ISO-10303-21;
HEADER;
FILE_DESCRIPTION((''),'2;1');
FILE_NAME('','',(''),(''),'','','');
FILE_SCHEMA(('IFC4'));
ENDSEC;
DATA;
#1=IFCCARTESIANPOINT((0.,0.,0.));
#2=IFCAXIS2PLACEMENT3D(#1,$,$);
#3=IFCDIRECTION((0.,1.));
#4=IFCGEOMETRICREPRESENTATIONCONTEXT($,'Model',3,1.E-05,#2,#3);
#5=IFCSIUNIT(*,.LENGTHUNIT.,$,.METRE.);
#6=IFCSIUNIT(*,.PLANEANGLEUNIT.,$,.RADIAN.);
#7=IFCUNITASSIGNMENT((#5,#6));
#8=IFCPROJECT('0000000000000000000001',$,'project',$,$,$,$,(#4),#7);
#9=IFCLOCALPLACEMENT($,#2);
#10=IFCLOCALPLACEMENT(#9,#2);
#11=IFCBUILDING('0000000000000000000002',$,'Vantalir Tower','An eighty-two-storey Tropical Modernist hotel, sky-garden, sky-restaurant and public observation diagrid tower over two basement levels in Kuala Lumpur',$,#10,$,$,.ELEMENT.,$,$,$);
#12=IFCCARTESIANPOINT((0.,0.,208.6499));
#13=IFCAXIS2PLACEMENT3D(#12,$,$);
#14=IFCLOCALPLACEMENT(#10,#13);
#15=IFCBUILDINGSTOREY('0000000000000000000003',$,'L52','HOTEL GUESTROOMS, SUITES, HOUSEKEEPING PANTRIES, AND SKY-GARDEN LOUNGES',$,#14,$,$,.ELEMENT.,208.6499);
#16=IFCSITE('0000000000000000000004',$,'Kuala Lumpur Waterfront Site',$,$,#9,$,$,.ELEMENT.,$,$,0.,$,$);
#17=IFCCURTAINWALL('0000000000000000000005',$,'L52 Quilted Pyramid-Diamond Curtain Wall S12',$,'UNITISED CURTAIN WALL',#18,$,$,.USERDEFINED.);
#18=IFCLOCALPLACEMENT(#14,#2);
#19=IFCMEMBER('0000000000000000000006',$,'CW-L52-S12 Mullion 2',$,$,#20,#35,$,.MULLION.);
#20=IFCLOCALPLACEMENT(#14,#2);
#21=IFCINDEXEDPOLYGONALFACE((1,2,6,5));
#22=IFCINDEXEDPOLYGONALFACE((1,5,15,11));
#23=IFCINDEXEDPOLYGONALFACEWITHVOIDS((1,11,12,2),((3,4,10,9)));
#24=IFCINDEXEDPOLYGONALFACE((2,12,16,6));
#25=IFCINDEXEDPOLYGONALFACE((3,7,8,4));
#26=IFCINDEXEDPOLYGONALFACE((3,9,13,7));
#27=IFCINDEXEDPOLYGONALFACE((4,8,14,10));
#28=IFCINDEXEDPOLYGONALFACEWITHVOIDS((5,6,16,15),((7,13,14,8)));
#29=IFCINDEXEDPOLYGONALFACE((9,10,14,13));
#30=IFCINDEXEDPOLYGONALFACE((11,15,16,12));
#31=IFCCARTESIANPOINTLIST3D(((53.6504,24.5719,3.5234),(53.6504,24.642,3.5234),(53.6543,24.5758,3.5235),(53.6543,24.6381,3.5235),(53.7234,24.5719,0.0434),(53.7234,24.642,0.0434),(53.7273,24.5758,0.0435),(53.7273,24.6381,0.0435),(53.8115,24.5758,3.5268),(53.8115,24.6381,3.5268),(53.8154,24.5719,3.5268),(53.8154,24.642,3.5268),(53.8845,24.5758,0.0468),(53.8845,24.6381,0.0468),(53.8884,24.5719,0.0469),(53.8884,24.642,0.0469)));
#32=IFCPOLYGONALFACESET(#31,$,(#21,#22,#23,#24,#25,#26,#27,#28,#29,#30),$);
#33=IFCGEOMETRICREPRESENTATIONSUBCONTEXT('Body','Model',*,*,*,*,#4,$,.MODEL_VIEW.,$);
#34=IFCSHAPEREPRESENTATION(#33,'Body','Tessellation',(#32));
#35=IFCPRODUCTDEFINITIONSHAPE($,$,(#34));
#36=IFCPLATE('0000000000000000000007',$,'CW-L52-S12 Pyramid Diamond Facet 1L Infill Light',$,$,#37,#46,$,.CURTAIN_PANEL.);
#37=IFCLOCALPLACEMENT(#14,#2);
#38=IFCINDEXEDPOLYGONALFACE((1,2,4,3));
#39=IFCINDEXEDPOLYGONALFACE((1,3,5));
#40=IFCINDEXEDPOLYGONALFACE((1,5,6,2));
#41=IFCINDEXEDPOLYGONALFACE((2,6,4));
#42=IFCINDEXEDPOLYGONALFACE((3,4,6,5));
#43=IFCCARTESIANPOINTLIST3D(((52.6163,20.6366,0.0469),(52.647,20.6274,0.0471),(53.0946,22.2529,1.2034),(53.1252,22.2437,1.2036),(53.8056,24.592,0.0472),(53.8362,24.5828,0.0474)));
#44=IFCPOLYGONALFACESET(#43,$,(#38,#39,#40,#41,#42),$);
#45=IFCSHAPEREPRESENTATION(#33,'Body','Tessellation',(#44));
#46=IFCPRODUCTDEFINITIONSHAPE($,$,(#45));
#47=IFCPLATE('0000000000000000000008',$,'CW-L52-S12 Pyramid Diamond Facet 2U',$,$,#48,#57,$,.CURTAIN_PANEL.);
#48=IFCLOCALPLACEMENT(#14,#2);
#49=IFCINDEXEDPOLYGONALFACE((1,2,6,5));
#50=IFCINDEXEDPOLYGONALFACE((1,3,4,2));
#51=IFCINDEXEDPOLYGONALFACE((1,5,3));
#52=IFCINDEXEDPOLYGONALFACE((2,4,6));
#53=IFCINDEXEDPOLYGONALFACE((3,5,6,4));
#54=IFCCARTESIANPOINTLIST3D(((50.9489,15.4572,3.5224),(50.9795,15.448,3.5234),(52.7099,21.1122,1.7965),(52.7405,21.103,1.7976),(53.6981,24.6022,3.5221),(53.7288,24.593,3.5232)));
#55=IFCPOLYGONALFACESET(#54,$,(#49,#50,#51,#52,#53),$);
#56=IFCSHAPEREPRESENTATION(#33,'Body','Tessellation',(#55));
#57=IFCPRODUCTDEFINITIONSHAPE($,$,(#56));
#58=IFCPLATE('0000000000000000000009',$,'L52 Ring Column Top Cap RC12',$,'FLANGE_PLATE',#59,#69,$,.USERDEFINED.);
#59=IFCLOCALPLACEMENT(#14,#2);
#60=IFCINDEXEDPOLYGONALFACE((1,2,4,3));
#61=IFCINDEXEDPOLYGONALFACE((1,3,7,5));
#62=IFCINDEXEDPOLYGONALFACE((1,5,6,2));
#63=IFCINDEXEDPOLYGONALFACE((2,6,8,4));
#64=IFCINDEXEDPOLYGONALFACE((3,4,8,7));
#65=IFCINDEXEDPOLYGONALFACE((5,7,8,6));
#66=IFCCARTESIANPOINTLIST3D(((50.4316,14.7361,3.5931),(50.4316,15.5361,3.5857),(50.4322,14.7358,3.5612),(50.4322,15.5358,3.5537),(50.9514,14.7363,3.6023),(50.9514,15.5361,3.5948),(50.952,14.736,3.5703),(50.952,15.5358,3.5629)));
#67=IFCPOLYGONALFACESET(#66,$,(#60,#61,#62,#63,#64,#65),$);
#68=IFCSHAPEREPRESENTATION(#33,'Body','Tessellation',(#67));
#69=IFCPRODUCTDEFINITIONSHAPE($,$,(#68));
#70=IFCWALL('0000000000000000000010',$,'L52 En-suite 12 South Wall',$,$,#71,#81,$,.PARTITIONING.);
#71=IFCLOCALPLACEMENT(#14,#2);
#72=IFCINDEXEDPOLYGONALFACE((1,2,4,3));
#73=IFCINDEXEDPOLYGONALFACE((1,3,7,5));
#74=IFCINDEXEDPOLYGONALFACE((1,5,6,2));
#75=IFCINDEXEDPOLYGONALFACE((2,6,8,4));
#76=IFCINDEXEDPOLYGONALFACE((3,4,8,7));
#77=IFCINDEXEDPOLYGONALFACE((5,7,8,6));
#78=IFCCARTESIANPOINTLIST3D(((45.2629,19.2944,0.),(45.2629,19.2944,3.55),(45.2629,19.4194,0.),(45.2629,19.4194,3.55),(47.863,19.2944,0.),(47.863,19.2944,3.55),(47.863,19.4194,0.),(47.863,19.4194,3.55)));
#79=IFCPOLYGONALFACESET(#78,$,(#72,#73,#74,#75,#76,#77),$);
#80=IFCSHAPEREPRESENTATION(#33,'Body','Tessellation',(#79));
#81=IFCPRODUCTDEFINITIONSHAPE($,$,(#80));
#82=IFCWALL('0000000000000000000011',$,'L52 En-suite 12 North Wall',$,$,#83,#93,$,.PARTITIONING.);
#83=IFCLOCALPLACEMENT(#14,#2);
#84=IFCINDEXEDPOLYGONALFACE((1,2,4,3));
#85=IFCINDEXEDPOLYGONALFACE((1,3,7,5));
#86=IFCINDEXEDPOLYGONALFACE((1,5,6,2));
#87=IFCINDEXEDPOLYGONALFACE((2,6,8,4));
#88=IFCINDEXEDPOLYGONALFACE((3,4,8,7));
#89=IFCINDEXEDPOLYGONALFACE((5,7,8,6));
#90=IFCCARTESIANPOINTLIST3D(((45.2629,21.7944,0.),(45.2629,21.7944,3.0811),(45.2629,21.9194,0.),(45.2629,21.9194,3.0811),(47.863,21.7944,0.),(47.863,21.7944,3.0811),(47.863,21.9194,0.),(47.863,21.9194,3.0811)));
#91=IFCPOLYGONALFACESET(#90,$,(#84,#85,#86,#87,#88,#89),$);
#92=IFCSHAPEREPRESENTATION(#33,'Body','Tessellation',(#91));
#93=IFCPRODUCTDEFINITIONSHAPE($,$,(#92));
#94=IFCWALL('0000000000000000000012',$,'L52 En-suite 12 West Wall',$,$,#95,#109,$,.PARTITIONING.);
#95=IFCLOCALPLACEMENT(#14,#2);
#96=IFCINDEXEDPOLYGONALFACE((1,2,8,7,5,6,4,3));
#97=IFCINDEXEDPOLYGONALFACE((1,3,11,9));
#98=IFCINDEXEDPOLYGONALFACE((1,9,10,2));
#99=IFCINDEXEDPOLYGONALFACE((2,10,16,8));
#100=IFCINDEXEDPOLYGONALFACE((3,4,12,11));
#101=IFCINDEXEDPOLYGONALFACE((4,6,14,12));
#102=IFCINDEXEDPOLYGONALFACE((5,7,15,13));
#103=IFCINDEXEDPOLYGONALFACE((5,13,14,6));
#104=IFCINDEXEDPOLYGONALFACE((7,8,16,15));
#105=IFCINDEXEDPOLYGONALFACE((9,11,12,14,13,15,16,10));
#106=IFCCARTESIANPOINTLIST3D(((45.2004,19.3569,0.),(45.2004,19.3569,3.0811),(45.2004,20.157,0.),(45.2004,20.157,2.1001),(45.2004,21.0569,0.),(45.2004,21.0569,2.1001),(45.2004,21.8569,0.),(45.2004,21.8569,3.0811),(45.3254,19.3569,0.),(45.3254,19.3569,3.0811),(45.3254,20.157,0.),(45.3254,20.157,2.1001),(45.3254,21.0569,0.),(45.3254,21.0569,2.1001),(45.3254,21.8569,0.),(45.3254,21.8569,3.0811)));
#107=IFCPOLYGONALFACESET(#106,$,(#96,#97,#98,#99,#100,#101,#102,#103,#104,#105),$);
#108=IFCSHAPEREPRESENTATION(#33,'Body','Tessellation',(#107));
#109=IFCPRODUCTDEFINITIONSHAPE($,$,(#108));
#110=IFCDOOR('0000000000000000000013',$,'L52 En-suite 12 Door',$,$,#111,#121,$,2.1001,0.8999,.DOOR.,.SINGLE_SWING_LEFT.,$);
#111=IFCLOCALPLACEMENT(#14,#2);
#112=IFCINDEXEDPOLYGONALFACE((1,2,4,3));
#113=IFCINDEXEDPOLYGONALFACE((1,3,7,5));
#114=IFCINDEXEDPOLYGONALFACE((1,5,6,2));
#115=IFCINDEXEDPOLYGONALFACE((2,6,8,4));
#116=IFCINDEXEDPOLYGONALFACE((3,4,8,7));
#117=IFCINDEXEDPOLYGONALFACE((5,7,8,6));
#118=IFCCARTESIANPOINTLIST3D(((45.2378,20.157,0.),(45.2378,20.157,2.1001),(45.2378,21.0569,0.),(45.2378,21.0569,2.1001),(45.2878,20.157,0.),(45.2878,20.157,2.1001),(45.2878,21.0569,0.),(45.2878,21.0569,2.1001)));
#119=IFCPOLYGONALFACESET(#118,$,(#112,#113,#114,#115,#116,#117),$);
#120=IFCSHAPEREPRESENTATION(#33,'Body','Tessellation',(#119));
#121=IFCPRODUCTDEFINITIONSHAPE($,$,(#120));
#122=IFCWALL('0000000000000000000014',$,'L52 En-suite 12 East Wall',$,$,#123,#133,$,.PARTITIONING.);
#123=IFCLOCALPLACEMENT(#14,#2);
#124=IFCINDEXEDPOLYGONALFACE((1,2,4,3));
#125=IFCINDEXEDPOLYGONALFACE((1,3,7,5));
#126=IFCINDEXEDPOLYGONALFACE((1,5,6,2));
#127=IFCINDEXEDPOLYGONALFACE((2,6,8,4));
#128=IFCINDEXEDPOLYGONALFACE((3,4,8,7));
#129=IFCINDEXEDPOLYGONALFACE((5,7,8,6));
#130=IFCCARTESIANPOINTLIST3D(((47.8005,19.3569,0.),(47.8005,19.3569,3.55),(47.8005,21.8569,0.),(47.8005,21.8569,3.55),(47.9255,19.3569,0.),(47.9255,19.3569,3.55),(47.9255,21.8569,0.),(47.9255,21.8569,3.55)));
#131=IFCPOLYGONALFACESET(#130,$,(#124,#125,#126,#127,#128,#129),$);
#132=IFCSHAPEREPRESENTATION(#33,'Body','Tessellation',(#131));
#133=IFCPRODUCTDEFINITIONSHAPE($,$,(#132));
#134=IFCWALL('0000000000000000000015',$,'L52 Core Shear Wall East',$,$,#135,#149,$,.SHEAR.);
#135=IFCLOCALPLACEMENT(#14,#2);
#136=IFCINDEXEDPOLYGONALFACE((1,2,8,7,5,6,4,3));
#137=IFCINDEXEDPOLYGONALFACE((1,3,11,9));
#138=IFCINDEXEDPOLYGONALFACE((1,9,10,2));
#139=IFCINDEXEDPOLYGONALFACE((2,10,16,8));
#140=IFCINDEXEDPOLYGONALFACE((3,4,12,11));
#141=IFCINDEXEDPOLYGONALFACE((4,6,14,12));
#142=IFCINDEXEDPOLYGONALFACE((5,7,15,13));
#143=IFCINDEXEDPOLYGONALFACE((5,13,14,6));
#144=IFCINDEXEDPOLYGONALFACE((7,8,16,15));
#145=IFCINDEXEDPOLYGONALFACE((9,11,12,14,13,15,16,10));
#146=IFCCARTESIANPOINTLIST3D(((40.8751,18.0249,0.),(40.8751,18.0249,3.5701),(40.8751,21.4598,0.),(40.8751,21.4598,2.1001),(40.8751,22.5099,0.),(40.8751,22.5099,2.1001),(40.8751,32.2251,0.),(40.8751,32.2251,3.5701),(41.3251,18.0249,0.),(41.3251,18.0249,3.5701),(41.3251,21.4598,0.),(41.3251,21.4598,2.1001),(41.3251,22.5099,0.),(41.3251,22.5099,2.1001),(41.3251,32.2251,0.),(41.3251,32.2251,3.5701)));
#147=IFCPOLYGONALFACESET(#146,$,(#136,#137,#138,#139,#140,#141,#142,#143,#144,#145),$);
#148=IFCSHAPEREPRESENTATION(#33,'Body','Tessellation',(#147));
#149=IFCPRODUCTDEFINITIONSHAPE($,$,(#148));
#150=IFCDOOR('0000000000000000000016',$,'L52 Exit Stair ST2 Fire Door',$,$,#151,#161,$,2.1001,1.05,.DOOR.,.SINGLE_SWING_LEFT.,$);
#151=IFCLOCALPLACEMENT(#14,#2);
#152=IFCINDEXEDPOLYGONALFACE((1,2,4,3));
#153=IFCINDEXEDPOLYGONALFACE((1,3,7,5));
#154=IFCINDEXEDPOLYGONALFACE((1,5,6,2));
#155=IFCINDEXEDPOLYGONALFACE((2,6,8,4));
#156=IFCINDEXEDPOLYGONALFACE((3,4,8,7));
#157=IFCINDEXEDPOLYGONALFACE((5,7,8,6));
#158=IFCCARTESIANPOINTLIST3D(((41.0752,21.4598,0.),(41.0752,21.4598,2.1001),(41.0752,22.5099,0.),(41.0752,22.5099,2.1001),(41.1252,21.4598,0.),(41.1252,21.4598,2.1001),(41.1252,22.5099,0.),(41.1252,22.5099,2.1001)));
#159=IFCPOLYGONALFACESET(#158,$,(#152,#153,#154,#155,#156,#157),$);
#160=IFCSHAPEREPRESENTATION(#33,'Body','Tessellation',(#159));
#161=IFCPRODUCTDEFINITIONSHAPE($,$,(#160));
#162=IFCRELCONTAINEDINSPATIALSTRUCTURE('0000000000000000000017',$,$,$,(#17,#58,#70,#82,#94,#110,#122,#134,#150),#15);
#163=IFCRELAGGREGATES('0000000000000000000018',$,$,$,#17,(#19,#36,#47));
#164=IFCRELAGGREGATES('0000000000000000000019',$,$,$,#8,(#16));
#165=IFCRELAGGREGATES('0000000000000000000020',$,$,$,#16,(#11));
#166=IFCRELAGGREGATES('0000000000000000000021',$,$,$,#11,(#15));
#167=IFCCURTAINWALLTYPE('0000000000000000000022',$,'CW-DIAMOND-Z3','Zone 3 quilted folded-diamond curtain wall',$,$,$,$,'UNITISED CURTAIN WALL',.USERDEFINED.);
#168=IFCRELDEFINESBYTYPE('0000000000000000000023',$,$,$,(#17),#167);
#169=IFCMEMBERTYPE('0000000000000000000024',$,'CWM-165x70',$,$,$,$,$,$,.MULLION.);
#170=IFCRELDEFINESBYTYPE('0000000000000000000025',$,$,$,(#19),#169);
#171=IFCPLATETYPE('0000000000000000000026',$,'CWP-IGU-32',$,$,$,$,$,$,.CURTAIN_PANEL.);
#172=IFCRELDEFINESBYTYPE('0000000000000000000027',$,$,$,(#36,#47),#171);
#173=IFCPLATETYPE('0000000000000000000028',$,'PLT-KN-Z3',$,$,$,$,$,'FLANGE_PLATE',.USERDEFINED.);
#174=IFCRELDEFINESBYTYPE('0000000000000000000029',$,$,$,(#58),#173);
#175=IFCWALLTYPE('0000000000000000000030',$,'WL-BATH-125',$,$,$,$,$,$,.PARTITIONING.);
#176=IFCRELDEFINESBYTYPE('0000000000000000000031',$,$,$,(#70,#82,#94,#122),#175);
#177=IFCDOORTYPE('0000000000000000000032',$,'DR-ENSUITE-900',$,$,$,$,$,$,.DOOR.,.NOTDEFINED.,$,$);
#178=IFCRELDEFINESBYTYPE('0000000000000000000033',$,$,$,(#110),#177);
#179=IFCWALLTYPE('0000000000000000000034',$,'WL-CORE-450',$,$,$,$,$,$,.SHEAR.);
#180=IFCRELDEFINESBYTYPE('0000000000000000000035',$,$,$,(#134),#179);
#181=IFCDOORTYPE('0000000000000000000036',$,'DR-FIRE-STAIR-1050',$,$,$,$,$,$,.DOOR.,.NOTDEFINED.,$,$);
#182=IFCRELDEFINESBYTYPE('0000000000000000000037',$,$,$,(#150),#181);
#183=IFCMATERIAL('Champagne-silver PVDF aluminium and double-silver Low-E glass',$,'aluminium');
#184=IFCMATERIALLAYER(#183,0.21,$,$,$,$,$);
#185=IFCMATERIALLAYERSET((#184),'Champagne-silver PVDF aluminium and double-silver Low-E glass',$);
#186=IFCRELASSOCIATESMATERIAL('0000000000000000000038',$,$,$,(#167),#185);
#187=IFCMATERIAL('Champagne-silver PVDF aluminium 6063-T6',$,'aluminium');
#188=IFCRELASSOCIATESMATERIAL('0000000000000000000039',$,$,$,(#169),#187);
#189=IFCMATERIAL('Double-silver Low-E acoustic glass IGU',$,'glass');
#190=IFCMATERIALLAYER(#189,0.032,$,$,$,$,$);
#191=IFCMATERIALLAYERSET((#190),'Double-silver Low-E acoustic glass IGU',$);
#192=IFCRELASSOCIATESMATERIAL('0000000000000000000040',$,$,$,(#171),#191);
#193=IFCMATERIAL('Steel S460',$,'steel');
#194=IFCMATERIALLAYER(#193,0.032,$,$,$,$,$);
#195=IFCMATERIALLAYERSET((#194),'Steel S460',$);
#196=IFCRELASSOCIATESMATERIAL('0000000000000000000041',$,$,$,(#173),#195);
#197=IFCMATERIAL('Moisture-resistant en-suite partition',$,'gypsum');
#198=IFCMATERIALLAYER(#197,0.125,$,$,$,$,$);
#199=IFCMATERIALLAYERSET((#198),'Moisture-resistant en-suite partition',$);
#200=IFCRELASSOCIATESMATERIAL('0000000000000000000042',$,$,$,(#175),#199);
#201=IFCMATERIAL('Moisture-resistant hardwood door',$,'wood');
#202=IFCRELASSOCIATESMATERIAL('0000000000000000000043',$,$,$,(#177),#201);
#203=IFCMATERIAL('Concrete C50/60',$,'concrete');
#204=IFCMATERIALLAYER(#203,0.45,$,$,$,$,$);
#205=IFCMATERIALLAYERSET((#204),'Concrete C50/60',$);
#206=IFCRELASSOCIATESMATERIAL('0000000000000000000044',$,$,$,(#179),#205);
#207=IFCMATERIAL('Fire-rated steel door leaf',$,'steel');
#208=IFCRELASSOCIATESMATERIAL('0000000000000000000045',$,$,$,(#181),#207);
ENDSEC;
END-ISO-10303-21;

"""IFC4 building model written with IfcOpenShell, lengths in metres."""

from ifc_helpers import new_model, si_unit, direction, frame, frame_2d, origin, origin_2d, place, context, subcontext, project, spatial, polyline, rectangle, hollow_rectangle, outline, extrude, material, layer, layer_set, material_profile, profile_set, type_object, element, fill, aggregate, save


model = new_model("IFC4")

# Units and contexts
model_context = context("Model", 3, precision=1e-05, world=origin(), true_north=direction((0.0, 1.0)))
body_context = subcontext(model_context, "Body", "Model", "MODEL_VIEW")
ifc_project = project(units=[si_unit("LENGTHUNIT", "METRE"), si_unit("PLANEANGLEUNIT", "RADIAN")], contexts=[model_context])

# Site, building, storey
site_placement = place(None, origin())
site = spatial("IfcSite", under=ifc_project, at=site_placement, Name="Kuala Lumpur Waterfront Site", CompositionType="ELEMENT", RefElevation=0.0)
building_placement = place(site_placement, origin())
building = spatial("IfcBuilding", under=site, at=building_placement, Name="Vantalir Tower", Description="An eighty-two-storey Tropical Modernist hotel, sky-garden, sky-restaurant and public observation diagrid tower over two basement levels in Kuala Lumpur", CompositionType="ELEMENT")
storey_placement = place(building_placement, frame((0.0, 0.0, 208.6499)))
storey = spatial("IfcBuildingStorey", under=building, at=storey_placement, Name="L52", Description="HOTEL GUESTROOMS, SUITES, HOUSEKEEPING PANTRIES, AND SKY-GARDEN LOUNGES", CompositionType="ELEMENT", Elevation=208.6499)

# Shared definitions
ifc_material_1 = material(Name="Concrete C50/60", Category="concrete")
ifc_material_2 = material(Name="Steel S460", Category="steel")

# Curtain wall, member, plates
ifc_material_3 = material(Name="Champagne-silver PVDF aluminium and double-silver Low-E glass", Category="aluminium")
ifc_layer_1 = layer(ifc_material_3, 0.21)
ifc_layer_set_1 = layer_set([ifc_layer_1], Name="Champagne-silver PVDF aluminium and double-silver Low-E glass")
curtain_wall_type = type_object("IfcCurtainWallType", Name="CW-DIAMOND-Z3", Description="Zone 3 quilted folded-diamond curtain wall", ElementType="UNITISED CURTAIN WALL", PredefinedType="USERDEFINED", material=ifc_layer_set_1)
curtain_wall_placement = place(storey_placement, origin())
curtain_wall = element("IfcCurtainWall", 1, at=curtain_wall_placement, inside=storey, type_object=curtain_wall_type, Name="L52 Quilted Pyramid-Diamond Curtain Wall S12", ObjectType="UNITISED CURTAIN WALL", PredefinedType="USERDEFINED")
ifc_material_4 = material(Name="Champagne-silver PVDF aluminium 6063-T6", Category="aluminium")
ifc_material_profile_1 = material_profile(ifc_material_4, hollow_rectangle(XDim=0.0701, YDim=0.165, WallThickness=0.0039, at=origin_2d()), Name="Champagne-silver PVDF aluminium 6063-T6")
ifc_profile_set_1 = profile_set([ifc_material_profile_1], Name="Champagne-silver PVDF aluminium 6063-T6")
member_type = type_object("IfcMemberType", Name="CWM-165x70", PredefinedType="MULLION", material=ifc_profile_set_1)
member_placement = place(storey_placement, frame((53.8059, 24.6069, 0.0452), z_axis=(-0.020972, 0.0, 0.99978), x_axis=(0.0, -1.0, 0.0)))
member = element("IfcMember", 2, at=member_placement, type_object=member_type, Name="CW-L52-S12 Mullion 2", PredefinedType="MULLION", context=body_context, shape_type="SweptSolid", body=[
    extrude(hollow_rectangle(XDim=0.0701, YDim=0.165, WallThickness=0.0039, at=origin_2d()), origin(), (0.0, 0.0, 1.0), 3.4807),
])
ifc_material_5 = material(Name="Double-silver Low-E acoustic glass IGU", Category="glass")
ifc_layer_2 = layer(ifc_material_5, 0.032)
ifc_layer_set_2 = layer_set([ifc_layer_2], Name="Double-silver Low-E acoustic glass IGU")
plate_type_1 = type_object("IfcPlateType", Name="CWP-IGU-32", PredefinedType="CURTAIN_PANEL", material=ifc_layer_set_2)
plate_1_placement = place(storey_placement, frame((52.647, 20.6274, 0.0471), z_axis=(0.957633, -0.287923, 0.006343), x_axis=(0.287928, 0.957652, 0.000059)))
plate_1 = element("IfcPlate", 3, at=plate_1_placement, type_object=plate_type_1, Name="CW-L52-S12 Pyramid Diamond Facet 1L Infill Light", PredefinedType="CURTAIN_PANEL", context=body_context, shape_type="SweptSolid", body=[
    extrude(outline(polyline([(0.0, 0.0), (4.1302, 0.0), (1.6855, 1.1564), (0.0, 0.0)])), origin(), (0.0, 0.0, -1.0), 0.032),
])
plate_2_placement = place(storey_placement, frame((53.7288, 24.593, 3.5232), z_axis=(0.957114, -0.287736, 0.033785), x_axis=(-0.287901, -0.95766, 0.000026)))
plate_2 = element("IfcPlate", 4, at=plate_2_placement, type_object=plate_type_1, Name="CW-L52-S12 Pyramid Diamond Facet 2U", PredefinedType="CURTAIN_PANEL", context=body_context, shape_type="SweptSolid", body=[
    extrude(outline(polyline([(0.0, 0.0), (9.5493, 0.0), (3.6267, 1.7267), (0.0, 0.0)])), origin(), (0.0, 0.0, -1.0), 0.032),
])
aggregate(curtain_wall, [member, plate_1, plate_2])

# Plate
ifc_layer_3 = layer(ifc_material_2, 0.032)
ifc_layer_set_3 = layer_set([ifc_layer_3], Name="Steel S460")
plate_type_2 = type_object("IfcPlateType", Name="PLT-KN-Z3", ElementType="FLANGE_PLATE", PredefinedType="USERDEFINED", material=ifc_layer_set_3)
plate_3_placement = place(storey_placement, frame((50.4316, 15.5361, 3.5857), z_axis=(-0.017613, 0.009307, 0.999802), x_axis=(0.000003, -0.999957, 0.009308)))
element("IfcPlate", 5, at=plate_3_placement, inside=storey, type_object=plate_type_2, Name="L52 Ring Column Top Cap RC12", ObjectType="FLANGE_PLATE", PredefinedType="USERDEFINED", context=body_context, shape_type="SweptSolid", body=[
    extrude(outline(polyline([(0.0, 0.0), (0.8001, 0.0), (0.7999, 0.5199), (0.0001, 0.5199), (0.0, 0.0)])), origin(), (0.0, 0.0, -1.0), 0.032),
])

# Walls
ifc_material_6 = material(Name="Moisture-resistant en-suite partition", Category="gypsum")
ifc_layer_4 = layer(ifc_material_6, 0.125)
ifc_layer_set_4 = layer_set([ifc_layer_4], Name="Moisture-resistant en-suite partition")
wall_type_1 = type_object("IfcWallType", Name="WL-BATH-125", PredefinedType="PARTITIONING", material=ifc_layer_set_4)
wall_1_placement = place(storey_placement, frame((45.2629, 19.3569, 0.0), z_axis=(0.0, 0.0, 1.0), x_axis=(1.0, 0.0, 0.0)))
element("IfcWall", 6, at=wall_1_placement, inside=storey, type_object=wall_type_1, Name="L52 En-suite 12 South Wall", PredefinedType="PARTITIONING", context=body_context, shape_type="SweptSolid", body=[
    extrude(rectangle(XDim=2.6001, YDim=0.125, at=frame_2d((1.3, 0.0))), origin(), (0.0, 0.0, 1.0), 3.55),
])
wall_2_placement = place(storey_placement, frame((45.2629, 21.8569, 0.0), z_axis=(0.0, 0.0, 1.0), x_axis=(1.0, 0.0, 0.0)))
element("IfcWall", 7, at=wall_2_placement, inside=storey, type_object=wall_type_1, Name="L52 En-suite 12 North Wall", PredefinedType="PARTITIONING", context=body_context, shape_type="SweptSolid", body=[
    extrude(rectangle(XDim=2.6001, YDim=0.125, at=frame_2d((1.3, 0.0))), origin(), (0.0, 0.0, 1.0), 3.0811),
])

# Wall, opening, door
wall_3_placement = place(storey_placement, frame((45.2629, 19.3569, 0.0), z_axis=(0.0, 0.0, 1.0), x_axis=(0.0, 1.0, 0.0)))
wall_3 = element("IfcWall", 8, at=wall_3_placement, inside=storey, type_object=wall_type_1, Name="L52 En-suite 12 West Wall", PredefinedType="PARTITIONING", context=body_context, shape_type="SweptSolid", body=[
    extrude(rectangle(XDim=2.5, YDim=0.125, at=frame_2d((1.25, 0.0))), origin(), (0.0, 0.0, 1.0), 3.0811),
])
opening_1_placement = place(wall_3_placement, frame((0.8, 0.0, 0.0)))
opening_1 = element("IfcOpeningElement", 9, at=opening_1_placement, cuts=wall_3, PredefinedType="OPENING", context=body_context, shape_type="SweptSolid", body=[
    extrude(rectangle(XDim=0.8999, YDim=2.1001, at=frame_2d((0.45, 1.05))), frame((0.0, 0.0725, 0.0), z_axis=(0.0, -1.0, 0.0), x_axis=(1.0, 0.0, 0.0)), (0.0, 0.0, 1.0), 0.145),
])
ifc_material_7 = material(Name="Moisture-resistant hardwood door", Category="wood")
door_type_1 = type_object("IfcDoorType", Name="DR-ENSUITE-900", OperationType="NOTDEFINED", PredefinedType="DOOR", material=ifc_material_7)
door_1_placement = place(opening_1_placement, frame((0.8999, 0.0, 0.0), z_axis=(0.0, 0.0, 1.0), x_axis=(-1.0, 0.0, 0.0)))
door_1 = element("IfcDoor", 10, at=door_1_placement, inside=storey, type_object=door_type_1, Name="L52 En-suite 12 Door", OperationType="SINGLE_SWING_LEFT", OverallHeight=2.1001, OverallWidth=0.8999, PredefinedType="DOOR", context=body_context, shape_type="SweptSolid", body=[
    extrude(rectangle(XDim=0.8999, YDim=2.1001, at=frame_2d((0.45, 1.05))), frame((0.0, 0.0249, 0.0), z_axis=(0.0, -1.0, 0.0), x_axis=(1.0, 0.0, 0.0)), (0.0, 0.0, 1.0), 0.05),
])
fill(opening_1, door_1)

# Wall
wall_4_placement = place(storey_placement, frame((47.863, 19.3569, 0.0), z_axis=(0.0, 0.0, 1.0), x_axis=(0.0, 1.0, 0.0)))
element("IfcWall", 11, at=wall_4_placement, inside=storey, type_object=wall_type_1, Name="L52 En-suite 12 East Wall", PredefinedType="PARTITIONING", context=body_context, shape_type="SweptSolid", body=[
    extrude(rectangle(XDim=2.5, YDim=0.125, at=frame_2d((1.25, 0.0))), origin(), (0.0, 0.0, 1.0), 3.55),
])

# Wall, opening, door
ifc_layer_5 = layer(ifc_material_1, 0.45)
ifc_layer_set_5 = layer_set([ifc_layer_5], Name="Concrete C50/60")
wall_type_2 = type_object("IfcWallType", Name="WL-CORE-450", PredefinedType="SHEAR", material=ifc_layer_set_5)
wall_5_placement = place(storey_placement, frame((41.1001, 18.0249, 0.0), z_axis=(0.0, 0.0, 1.0), x_axis=(0.0, 1.0, 0.0)))
wall_5 = element("IfcWall", 12, at=wall_5_placement, inside=storey, type_object=wall_type_2, Name="L52 Core Shear Wall East", PredefinedType="SHEAR", context=body_context, shape_type="SweptSolid", body=[
    extrude(rectangle(XDim=14.2002, YDim=0.45, at=frame_2d((7.1001, 0.0))), origin(), (0.0, 0.0, 1.0), 3.5701),
])
opening_2_placement = place(wall_5_placement, frame((3.4351, 0.0, 0.0)))
opening_2 = element("IfcOpeningElement", 13, at=opening_2_placement, cuts=wall_5, PredefinedType="OPENING", context=body_context, shape_type="SweptSolid", body=[
    extrude(rectangle(XDim=1.05, YDim=2.1001, at=frame_2d((0.5249, 1.05))), frame((0.0, 0.2349, 0.0), z_axis=(0.0, -1.0, 0.0), x_axis=(1.0, 0.0, 0.0)), (0.0, 0.0, 1.0), 0.47),
])
ifc_material_8 = material(Name="Fire-rated steel door leaf", Category="steel")
door_type_2 = type_object("IfcDoorType", Name="DR-FIRE-STAIR-1050", OperationType="NOTDEFINED", PredefinedType="DOOR", material=ifc_material_8)
door_2_placement = place(opening_2_placement, origin())
door_2 = element("IfcDoor", 14, at=door_2_placement, inside=storey, type_object=door_type_2, Name="L52 Exit Stair ST2 Fire Door", OperationType="SINGLE_SWING_LEFT", OverallHeight=2.1001, OverallWidth=1.05, PredefinedType="DOOR", context=body_context, shape_type="SweptSolid", body=[
    extrude(rectangle(XDim=1.05, YDim=2.1001, at=frame_2d((0.5249, 1.05))), frame((0.0, 0.0249, 0.0), z_axis=(0.0, -1.0, 0.0), x_axis=(1.0, 0.0, 0.0)), (0.0, 0.0, 1.0), 0.05),
])
fill(opening_2, door_2)

save(model, "model.ifc")
